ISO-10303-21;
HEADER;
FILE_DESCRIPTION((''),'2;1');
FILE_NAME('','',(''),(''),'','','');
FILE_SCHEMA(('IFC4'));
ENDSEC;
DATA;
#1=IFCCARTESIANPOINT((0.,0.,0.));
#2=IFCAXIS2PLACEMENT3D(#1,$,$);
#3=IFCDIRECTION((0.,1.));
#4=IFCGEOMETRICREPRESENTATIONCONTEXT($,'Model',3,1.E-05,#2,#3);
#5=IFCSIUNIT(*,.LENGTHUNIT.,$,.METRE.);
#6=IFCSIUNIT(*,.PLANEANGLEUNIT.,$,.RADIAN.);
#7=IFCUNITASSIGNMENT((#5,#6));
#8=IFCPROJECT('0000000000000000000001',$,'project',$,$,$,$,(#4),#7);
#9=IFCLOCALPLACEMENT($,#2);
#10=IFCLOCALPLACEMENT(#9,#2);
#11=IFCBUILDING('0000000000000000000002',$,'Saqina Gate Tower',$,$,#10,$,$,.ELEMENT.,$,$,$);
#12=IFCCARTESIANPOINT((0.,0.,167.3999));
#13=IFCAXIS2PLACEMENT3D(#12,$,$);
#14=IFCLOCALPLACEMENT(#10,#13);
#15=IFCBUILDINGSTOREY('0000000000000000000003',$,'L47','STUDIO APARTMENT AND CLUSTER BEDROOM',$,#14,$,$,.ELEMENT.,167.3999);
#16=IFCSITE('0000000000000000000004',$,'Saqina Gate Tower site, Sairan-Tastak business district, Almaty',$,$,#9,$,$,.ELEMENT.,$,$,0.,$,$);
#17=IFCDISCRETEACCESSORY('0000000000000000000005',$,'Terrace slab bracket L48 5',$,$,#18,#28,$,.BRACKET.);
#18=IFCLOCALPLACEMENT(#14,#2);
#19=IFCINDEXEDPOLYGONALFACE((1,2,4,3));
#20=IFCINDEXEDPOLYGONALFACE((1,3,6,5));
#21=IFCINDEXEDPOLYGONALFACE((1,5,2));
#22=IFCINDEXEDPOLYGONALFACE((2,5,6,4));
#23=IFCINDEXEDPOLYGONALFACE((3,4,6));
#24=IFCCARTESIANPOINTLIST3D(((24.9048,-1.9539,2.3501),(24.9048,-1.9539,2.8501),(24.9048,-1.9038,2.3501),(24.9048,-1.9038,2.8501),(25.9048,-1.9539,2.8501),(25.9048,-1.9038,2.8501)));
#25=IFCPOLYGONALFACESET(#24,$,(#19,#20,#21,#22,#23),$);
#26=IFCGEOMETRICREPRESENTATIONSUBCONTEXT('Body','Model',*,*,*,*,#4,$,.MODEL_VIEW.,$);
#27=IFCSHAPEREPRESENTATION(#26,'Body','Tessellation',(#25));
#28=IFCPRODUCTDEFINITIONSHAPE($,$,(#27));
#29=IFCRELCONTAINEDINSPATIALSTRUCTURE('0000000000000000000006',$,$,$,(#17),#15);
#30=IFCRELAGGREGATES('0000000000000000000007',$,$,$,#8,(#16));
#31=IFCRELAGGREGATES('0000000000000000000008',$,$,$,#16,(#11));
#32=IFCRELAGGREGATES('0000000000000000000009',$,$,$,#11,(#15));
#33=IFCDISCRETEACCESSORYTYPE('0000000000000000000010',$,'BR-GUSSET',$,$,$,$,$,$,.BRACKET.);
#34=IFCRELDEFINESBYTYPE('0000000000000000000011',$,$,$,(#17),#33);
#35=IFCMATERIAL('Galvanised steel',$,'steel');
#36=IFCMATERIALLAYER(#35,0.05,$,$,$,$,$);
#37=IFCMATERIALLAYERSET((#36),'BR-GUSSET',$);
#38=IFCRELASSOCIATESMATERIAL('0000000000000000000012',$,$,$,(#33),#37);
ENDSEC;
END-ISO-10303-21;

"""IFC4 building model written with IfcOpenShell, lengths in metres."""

from ifc_helpers import new_model, si_unit, direction, frame, origin, place, context, subcontext, project, spatial, polyline, outline, extrude, material, layer, layer_set, type_object, element, save


model = new_model("IFC4")

# Units and contexts
model_context = context("Model", 3, precision=1e-05, world=origin(), true_north=direction((0.0, 1.0)))
body_context = subcontext(model_context, "Body", "Model", "MODEL_VIEW")
ifc_project = project(units=[si_unit("LENGTHUNIT", "METRE"), si_unit("PLANEANGLEUNIT", "RADIAN")], contexts=[model_context])

# Site, building, storey
site_placement = place(None, origin())
site = spatial("IfcSite", under=ifc_project, at=site_placement, Name="Saqina Gate Tower site, Sairan-Tastak business district, Almaty", CompositionType="ELEMENT", RefElevation=0.0)
building_placement = place(site_placement, origin())
building = spatial("IfcBuilding", under=site, at=building_placement, Name="Saqina Gate Tower", CompositionType="ELEMENT")
storey_placement = place(building_placement, frame((0.0, 0.0, 167.3999)))
storey = spatial("IfcBuildingStorey", under=building, at=storey_placement, Name="L47", Description="STUDIO APARTMENT AND CLUSTER BEDROOM", CompositionType="ELEMENT", Elevation=167.3999)

# Discrete accessory
ifc_material_1 = material(Name="Galvanised steel", Category="steel")
ifc_layer_1 = layer(ifc_material_1, 0.05)
ifc_layer_set_1 = layer_set([ifc_layer_1], Name="BR-GUSSET")
discrete_accessory_type = type_object("IfcDiscreteAccessoryType", Name="BR-GUSSET", PredefinedType="BRACKET", material=ifc_layer_set_1)
discrete_accessory_placement = place(storey_placement, frame((24.9048, -1.9038, 2.3501), z_axis=(0.0, 1.0, 0.0), x_axis=(0.0, 0.0, 1.0)))
element("IfcDiscreteAccessory", 1, at=discrete_accessory_placement, inside=storey, type_object=discrete_accessory_type, Name="Terrace slab bracket L48 5", PredefinedType="BRACKET", context=body_context, shape_type="SweptSolid", body=[
    extrude(outline(polyline([(0.0, 0.0), (0.5, 0.0), (0.5, 1.0), (0.0, 0.0)])), origin(), (0.0, 0.0, -1.0), 0.05),
])

save(model, "model.ifc")
